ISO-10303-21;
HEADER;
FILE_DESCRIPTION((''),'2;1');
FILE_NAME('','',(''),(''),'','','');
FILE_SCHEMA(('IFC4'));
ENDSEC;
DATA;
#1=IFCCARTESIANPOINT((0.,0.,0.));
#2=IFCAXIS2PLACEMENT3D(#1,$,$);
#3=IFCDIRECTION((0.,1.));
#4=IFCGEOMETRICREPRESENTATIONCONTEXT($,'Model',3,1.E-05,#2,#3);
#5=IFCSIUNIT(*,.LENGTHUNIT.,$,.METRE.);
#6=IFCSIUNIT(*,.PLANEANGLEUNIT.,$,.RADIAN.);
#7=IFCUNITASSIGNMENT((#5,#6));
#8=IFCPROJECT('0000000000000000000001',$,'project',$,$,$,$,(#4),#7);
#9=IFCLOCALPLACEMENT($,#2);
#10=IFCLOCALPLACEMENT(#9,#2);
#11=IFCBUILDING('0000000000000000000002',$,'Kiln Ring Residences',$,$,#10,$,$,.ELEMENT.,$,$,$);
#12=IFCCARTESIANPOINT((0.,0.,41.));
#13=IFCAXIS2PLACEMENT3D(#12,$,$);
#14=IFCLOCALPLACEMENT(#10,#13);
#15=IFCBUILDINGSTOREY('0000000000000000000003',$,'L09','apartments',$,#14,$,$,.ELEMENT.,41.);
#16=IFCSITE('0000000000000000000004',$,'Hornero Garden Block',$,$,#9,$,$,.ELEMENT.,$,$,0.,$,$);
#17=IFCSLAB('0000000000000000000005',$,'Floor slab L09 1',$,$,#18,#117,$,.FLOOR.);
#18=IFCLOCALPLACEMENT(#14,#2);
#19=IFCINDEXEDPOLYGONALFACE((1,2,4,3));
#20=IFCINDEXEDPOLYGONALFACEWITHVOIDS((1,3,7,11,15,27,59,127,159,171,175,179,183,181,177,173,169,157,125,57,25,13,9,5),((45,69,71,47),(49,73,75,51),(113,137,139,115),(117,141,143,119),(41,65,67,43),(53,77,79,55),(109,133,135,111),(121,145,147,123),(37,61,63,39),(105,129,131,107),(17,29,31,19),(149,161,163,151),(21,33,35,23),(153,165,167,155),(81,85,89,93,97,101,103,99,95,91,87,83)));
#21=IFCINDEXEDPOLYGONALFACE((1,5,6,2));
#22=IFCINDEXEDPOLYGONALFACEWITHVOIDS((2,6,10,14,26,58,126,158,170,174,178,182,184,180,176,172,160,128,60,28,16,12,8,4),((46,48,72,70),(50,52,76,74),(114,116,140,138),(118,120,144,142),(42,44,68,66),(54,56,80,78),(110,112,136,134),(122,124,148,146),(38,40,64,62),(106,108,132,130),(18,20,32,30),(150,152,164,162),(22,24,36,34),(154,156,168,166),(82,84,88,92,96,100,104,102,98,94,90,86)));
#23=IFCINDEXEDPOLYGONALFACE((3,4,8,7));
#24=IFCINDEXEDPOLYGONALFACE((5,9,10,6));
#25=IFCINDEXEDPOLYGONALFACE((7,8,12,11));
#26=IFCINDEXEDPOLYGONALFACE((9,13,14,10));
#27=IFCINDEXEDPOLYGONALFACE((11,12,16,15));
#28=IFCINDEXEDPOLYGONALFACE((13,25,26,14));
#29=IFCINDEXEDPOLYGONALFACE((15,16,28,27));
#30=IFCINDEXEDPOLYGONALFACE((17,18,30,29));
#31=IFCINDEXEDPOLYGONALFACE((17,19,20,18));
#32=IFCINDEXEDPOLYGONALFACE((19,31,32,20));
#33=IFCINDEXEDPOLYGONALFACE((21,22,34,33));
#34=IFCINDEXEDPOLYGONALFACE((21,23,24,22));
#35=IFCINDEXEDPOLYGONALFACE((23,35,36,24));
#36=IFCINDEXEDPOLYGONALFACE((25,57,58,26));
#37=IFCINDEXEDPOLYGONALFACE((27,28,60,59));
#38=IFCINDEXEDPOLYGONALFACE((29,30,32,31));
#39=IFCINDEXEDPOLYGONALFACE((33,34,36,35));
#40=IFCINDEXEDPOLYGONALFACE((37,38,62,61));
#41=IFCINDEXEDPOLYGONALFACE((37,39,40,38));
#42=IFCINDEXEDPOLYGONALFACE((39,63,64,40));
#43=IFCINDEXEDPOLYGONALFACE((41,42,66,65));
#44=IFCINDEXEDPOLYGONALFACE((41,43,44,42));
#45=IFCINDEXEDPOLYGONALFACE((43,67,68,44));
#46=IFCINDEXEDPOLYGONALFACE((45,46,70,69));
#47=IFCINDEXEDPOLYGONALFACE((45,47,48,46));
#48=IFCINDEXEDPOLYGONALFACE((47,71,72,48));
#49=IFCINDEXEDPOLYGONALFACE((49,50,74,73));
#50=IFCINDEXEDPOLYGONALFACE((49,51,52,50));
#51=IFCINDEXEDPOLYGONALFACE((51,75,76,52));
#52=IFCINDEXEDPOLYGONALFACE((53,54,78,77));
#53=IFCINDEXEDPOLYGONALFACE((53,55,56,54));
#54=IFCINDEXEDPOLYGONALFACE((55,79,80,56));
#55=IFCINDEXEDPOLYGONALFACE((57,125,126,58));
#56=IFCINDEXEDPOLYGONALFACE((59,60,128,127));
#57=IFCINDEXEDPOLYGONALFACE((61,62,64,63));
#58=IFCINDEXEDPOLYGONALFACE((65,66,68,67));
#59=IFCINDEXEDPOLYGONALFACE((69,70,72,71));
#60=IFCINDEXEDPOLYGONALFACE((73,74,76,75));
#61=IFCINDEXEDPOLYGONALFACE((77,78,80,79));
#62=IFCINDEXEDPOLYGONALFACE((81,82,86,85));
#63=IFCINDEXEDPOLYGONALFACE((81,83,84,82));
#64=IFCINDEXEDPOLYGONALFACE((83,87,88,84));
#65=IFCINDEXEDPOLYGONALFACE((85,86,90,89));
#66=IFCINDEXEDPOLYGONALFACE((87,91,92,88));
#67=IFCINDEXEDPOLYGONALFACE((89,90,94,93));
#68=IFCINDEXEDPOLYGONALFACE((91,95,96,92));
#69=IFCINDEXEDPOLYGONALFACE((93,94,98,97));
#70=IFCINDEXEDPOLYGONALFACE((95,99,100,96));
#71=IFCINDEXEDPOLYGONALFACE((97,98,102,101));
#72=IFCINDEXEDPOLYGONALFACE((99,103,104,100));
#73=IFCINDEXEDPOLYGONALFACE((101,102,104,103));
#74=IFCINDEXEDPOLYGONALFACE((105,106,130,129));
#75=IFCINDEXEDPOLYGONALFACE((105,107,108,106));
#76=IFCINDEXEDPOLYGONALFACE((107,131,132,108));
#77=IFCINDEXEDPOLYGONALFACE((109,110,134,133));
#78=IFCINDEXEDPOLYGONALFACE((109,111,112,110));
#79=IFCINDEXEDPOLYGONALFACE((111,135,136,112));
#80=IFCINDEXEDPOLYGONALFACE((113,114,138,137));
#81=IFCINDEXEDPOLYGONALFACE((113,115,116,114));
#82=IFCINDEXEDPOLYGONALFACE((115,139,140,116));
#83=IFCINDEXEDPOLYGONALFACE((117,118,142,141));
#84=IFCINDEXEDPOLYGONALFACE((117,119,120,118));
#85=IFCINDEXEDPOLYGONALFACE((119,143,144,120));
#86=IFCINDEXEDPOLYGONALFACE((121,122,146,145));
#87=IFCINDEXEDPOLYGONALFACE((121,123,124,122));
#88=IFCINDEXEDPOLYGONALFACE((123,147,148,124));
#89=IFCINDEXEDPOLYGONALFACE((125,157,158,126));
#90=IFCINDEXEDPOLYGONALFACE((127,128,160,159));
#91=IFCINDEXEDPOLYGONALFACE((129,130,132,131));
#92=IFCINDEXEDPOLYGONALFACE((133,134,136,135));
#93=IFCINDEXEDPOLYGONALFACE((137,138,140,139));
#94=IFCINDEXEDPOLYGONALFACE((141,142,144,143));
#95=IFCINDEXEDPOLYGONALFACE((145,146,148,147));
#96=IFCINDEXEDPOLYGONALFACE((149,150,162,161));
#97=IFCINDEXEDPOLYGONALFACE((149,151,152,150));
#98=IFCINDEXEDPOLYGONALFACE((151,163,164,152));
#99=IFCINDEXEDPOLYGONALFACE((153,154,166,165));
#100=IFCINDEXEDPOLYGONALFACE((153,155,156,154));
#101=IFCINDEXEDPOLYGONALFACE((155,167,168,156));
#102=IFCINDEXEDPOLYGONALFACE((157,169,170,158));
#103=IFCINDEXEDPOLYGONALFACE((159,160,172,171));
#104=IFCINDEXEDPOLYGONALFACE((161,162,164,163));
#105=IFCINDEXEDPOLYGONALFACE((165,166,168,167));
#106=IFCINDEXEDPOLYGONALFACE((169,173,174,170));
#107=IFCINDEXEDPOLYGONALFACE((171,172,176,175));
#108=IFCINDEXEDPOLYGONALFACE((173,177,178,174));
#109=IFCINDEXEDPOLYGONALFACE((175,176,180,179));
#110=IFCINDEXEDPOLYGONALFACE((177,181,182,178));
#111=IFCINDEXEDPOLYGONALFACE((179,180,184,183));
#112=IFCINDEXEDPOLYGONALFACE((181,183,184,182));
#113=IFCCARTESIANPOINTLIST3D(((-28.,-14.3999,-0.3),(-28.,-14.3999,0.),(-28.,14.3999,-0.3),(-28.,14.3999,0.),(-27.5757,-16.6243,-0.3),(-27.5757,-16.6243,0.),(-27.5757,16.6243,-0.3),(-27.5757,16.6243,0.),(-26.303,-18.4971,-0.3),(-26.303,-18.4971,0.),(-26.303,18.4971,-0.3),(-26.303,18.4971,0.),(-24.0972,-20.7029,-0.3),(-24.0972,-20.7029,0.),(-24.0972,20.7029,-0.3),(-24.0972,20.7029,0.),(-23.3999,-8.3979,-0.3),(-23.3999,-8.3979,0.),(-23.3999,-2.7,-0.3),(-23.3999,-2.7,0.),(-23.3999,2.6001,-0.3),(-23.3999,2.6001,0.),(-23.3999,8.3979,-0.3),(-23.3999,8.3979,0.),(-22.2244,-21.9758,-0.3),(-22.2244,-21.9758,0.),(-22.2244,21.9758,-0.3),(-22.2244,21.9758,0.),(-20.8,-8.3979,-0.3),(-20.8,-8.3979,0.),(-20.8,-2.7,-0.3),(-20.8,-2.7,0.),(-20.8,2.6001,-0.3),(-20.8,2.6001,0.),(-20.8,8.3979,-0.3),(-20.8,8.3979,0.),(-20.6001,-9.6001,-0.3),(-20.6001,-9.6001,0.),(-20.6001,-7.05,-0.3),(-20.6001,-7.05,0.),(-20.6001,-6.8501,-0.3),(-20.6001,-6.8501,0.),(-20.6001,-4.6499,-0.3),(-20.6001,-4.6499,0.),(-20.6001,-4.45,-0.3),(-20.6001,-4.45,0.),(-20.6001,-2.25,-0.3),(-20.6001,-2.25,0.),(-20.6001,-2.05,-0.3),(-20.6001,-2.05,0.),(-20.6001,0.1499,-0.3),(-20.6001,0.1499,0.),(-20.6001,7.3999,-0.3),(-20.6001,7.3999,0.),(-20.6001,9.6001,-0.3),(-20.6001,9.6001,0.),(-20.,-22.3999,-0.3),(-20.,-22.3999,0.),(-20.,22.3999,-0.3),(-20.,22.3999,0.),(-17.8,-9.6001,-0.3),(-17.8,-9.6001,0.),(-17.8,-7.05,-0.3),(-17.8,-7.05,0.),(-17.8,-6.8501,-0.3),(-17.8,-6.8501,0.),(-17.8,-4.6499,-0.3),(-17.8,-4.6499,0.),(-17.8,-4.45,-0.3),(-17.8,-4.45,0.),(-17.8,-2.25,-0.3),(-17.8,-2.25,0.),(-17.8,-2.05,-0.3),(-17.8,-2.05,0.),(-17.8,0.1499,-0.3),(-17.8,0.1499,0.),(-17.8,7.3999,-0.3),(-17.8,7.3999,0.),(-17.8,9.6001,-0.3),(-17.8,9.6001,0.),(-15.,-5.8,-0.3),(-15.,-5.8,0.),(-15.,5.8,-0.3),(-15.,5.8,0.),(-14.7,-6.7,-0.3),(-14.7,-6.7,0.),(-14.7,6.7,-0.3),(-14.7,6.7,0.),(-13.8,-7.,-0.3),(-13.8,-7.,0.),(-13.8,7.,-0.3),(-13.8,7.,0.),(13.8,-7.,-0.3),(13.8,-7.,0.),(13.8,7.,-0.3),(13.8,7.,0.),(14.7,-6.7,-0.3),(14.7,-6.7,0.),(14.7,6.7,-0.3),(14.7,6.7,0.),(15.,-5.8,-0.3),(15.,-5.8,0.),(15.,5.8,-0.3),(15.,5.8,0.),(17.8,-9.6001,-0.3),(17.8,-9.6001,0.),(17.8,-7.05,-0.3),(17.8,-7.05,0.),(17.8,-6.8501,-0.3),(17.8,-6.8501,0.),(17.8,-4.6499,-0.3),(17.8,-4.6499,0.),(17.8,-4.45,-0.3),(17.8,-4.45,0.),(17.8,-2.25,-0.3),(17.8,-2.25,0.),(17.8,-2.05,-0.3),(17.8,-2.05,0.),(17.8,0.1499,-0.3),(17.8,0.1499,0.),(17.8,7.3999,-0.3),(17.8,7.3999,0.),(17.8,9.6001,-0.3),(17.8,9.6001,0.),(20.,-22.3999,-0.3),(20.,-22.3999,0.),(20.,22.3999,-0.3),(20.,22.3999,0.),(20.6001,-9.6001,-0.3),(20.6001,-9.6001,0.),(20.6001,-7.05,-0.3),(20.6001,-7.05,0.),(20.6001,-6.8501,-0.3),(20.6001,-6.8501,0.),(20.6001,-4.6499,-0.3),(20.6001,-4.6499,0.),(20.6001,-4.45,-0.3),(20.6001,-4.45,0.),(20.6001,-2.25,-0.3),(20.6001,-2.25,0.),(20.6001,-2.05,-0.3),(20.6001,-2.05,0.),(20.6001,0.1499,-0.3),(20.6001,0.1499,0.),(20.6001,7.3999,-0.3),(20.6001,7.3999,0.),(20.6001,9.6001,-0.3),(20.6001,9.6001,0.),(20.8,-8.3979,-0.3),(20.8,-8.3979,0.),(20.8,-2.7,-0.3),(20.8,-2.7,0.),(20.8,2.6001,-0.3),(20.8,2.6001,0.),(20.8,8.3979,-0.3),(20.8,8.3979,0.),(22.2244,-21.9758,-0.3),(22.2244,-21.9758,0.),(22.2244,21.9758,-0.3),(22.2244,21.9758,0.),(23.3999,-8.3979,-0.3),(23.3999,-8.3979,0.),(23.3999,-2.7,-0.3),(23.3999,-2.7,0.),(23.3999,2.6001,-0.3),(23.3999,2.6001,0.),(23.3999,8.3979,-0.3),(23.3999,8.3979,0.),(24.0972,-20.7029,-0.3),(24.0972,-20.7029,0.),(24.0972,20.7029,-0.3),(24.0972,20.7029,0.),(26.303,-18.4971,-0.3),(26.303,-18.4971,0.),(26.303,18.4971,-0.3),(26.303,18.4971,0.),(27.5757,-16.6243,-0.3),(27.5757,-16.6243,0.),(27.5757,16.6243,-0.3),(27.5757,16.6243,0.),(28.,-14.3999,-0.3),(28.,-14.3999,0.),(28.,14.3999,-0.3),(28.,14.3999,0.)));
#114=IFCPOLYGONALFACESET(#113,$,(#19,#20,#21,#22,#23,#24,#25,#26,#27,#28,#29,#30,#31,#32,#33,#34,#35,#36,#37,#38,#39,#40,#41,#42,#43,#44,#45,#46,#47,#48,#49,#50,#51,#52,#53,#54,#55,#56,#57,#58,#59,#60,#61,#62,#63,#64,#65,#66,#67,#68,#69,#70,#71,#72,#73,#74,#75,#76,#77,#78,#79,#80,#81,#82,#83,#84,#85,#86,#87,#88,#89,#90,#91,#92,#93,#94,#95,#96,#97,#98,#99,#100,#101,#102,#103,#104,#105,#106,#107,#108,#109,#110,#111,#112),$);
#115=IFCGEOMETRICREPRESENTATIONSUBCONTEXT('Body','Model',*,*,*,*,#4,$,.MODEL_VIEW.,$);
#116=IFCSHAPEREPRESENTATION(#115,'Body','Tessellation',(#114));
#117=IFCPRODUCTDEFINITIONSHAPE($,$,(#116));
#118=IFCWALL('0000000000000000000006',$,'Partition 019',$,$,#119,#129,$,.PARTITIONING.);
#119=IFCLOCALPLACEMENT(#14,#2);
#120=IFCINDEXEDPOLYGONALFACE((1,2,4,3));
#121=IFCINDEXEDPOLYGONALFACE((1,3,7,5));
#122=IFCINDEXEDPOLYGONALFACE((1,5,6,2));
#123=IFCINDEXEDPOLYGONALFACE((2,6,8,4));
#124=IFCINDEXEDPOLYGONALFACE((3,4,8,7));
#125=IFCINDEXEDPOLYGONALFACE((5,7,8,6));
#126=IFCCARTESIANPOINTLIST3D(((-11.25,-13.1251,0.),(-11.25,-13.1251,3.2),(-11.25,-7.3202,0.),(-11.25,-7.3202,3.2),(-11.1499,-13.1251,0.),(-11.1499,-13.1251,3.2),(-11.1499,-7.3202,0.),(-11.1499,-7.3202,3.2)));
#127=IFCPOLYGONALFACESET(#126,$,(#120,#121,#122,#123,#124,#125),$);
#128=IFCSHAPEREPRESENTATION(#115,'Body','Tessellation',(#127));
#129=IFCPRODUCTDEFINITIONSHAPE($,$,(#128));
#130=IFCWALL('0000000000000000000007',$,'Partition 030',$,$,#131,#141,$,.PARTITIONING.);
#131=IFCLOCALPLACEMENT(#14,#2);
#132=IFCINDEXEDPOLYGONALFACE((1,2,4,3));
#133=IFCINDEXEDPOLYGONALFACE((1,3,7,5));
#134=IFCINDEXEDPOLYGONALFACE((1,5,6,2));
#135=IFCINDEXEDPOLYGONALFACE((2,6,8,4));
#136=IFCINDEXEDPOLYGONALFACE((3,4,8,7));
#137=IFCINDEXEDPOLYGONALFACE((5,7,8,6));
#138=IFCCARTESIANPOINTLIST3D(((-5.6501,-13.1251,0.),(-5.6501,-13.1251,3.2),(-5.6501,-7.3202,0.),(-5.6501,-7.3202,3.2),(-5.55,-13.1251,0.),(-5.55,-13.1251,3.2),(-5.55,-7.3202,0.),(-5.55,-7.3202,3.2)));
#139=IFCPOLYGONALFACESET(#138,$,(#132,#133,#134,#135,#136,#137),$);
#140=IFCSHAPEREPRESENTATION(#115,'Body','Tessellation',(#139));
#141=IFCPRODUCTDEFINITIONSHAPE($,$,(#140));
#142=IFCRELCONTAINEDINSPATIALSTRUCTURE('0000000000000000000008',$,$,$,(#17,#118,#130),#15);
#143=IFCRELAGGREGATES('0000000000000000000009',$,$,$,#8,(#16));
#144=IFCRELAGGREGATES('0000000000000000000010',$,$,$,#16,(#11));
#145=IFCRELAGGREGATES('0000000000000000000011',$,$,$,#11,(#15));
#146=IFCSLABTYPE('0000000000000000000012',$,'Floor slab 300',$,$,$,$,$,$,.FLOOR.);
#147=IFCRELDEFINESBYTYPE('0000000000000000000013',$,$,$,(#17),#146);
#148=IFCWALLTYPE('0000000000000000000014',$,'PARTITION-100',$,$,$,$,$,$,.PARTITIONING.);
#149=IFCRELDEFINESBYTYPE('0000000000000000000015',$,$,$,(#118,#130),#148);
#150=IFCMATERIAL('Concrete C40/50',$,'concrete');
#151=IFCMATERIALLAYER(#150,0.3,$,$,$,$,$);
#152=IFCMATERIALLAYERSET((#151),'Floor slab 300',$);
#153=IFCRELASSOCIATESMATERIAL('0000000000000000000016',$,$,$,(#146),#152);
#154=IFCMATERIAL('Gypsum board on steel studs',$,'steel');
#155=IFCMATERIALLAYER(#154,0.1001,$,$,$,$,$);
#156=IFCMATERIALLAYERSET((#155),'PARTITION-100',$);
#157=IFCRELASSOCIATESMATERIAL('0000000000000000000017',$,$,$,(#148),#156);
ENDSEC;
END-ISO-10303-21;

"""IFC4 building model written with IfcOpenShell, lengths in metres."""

from ifc_helpers import new_model, si_unit, direction, frame, frame_2d, origin, place, context, subcontext, project, spatial, polyline, rectangle, outline, extrude, material, layer, layer_set, type_object, element, save


model = new_model("IFC4")

# Units and contexts
model_context = context("Model", 3, precision=1e-05, world=origin(), true_north=direction((0.0, 1.0)))
body_context = subcontext(model_context, "Body", "Model", "MODEL_VIEW")
ifc_project = project(units=[si_unit("LENGTHUNIT", "METRE"), si_unit("PLANEANGLEUNIT", "RADIAN")], contexts=[model_context])

# Site, building, storey
site_placement = place(None, origin())
site = spatial("IfcSite", under=ifc_project, at=site_placement, Name="Hornero Garden Block", CompositionType="ELEMENT", RefElevation=0.0)
building_placement = place(site_placement, origin())
building = spatial("IfcBuilding", under=site, at=building_placement, Name="Kiln Ring Residences", CompositionType="ELEMENT")
storey_placement = place(building_placement, frame((0.0, 0.0, 41.0)))
storey = spatial("IfcBuildingStorey", under=building, at=storey_placement, Name="L09", Description="apartments", CompositionType="ELEMENT", Elevation=41.0)

# Slab
ifc_material_1 = material(Name="Concrete C40/50", Category="concrete")
ifc_layer_1 = layer(ifc_material_1, 0.3)
ifc_layer_set_1 = layer_set([ifc_layer_1], Name="Floor slab 300")
slab_type = type_object("IfcSlabType", Name="Floor slab 300", PredefinedType="FLOOR", material=ifc_layer_set_1)
slab_placement = place(storey_placement, frame((0.0, 0.0, -0.3)))
element("IfcSlab", 1, at=slab_placement, inside=storey, type_object=slab_type, Name="Floor slab L09 1", PredefinedType="FLOOR", context=body_context, shape_type="SweptSolid", body=[
    extrude(outline(polyline([(-26.303, -18.4971), (-24.0972, -20.7029), (-22.2244, -21.9758), (-20.0, -22.3999), (20.0, -22.3999), (22.2244, -21.9758), (24.0972, -20.7029), (26.303, -18.4971), (27.5757, -16.6243), (28.0, -14.3999), (28.0, 14.3999), (27.5757, 16.6243), (26.303, 18.4971), (24.0972, 20.7029), (22.2244, 21.9758), (20.0, 22.3999), (-20.0, 22.3999), (-22.2244, 21.9758), (-24.0972, 20.7029), (-26.303, 18.4971), (-27.5757, 16.6243), (-28.0, 14.3999), (-28.0, -14.3999), (-27.5757, -16.6243), (-26.303, -18.4971)]), holes=[polyline([(-14.7, -6.7), (-15.0, -5.8), (-15.0, 5.8), (-14.7, 6.7), (-13.8, 7.0), (13.8, 7.0), (14.7, 6.7), (15.0, 5.8), (15.0, -5.8), (14.7, -6.7), (13.8, -7.0), (-13.8, -7.0), (-14.7, -6.7)]), polyline([(20.8, -8.3979), (20.8, -2.7), (23.3999, -2.7), (23.3999, -8.3979), (20.8, -8.3979)]), polyline([(20.8, 2.6001), (20.8, 8.3979), (23.3999, 8.3979), (23.3999, 2.6001), (20.8, 2.6001)]), polyline([(17.8, -6.8501), (17.8, -4.6499), (20.6001, -4.6499), (20.6001, -6.8501), (17.8, -6.8501)]), polyline([(17.8, -4.45), (17.8, -2.25), (20.6001, -2.25), (20.6001, -4.45), (17.8, -4.45)]), polyline([(17.8, -2.05), (17.8, 0.1499), (20.6001, 0.1499), (20.6001, -2.05), (17.8, -2.05)]), polyline([(17.8, 7.3999), (17.8, 9.6001), (20.6001, 9.6001), (20.6001, 7.3999), (17.8, 7.3999)]), polyline([(20.6001, -9.6001), (17.8, -9.6001), (17.8, -7.05), (20.6001, -7.05), (20.6001, -9.6001)]), polyline([(-17.8, -7.05), (-17.8, -9.6001), (-20.6001, -9.6001), (-20.6001, -7.05), (-17.8, -7.05)]), polyline([(-17.8, -6.8501), (-20.6001, -6.8501), (-20.6001, -4.6499), (-17.8, -4.6499), (-17.8, -6.8501)]), polyline([(-17.8, -4.45), (-20.6001, -4.45), (-20.6001, -2.25), (-17.8, -2.25), (-17.8, -4.45)]), polyline([(-17.8, -2.05), (-20.6001, -2.05), (-20.6001, 0.1499), (-17.8, 0.1499), (-17.8, -2.05)]), polyline([(-17.8, 7.3999), (-20.6001, 7.3999), (-20.6001, 9.6001), (-17.8, 9.6001), (-17.8, 7.3999)]), polyline([(-20.8, -8.3979), (-23.3999, -8.3979), (-23.3999, -2.7), (-20.8, -2.7), (-20.8, -8.3979)]), polyline([(-20.8, 2.6001), (-23.3999, 2.6001), (-23.3999, 8.3979), (-20.8, 8.3979), (-20.8, 2.6001)])]), origin(), (0.0, 0.0, 1.0), 0.3),
])

# Walls
ifc_material_2 = material(Name="Gypsum board on steel studs", Category="steel")
ifc_layer_2 = layer(ifc_material_2, 0.1001)
ifc_layer_set_2 = layer_set([ifc_layer_2], Name="PARTITION-100")
wall_type = type_object("IfcWallType", Name="PARTITION-100", PredefinedType="PARTITIONING", material=ifc_layer_set_2)
for number, where, z_axis, x_axis, name in (
    (2, (-11.2, -13.125, 0.0), (0.0, 0.0, 1.0), (0.0, 1.0, 0.0), "Partition 019"),
    (3, (-5.6001, -13.125, 0.0), (0.0, 0.0, 1.0), (0.0, 1.0, 0.0), "Partition 030"),
):
    element("IfcWall", number, at=place(storey_placement, frame(where, z_axis=z_axis, x_axis=x_axis)), inside=storey, type_object=wall_type, Name=name, PredefinedType="PARTITIONING", context=body_context, shape_type="SweptSolid", body=[
        extrude(rectangle(XDim=5.8049, YDim=0.1001, at=frame_2d((2.9023, 0.0))), origin(), (0.0, 0.0, 1.0), 3.2),
    ])

save(model, "model.ifc")
